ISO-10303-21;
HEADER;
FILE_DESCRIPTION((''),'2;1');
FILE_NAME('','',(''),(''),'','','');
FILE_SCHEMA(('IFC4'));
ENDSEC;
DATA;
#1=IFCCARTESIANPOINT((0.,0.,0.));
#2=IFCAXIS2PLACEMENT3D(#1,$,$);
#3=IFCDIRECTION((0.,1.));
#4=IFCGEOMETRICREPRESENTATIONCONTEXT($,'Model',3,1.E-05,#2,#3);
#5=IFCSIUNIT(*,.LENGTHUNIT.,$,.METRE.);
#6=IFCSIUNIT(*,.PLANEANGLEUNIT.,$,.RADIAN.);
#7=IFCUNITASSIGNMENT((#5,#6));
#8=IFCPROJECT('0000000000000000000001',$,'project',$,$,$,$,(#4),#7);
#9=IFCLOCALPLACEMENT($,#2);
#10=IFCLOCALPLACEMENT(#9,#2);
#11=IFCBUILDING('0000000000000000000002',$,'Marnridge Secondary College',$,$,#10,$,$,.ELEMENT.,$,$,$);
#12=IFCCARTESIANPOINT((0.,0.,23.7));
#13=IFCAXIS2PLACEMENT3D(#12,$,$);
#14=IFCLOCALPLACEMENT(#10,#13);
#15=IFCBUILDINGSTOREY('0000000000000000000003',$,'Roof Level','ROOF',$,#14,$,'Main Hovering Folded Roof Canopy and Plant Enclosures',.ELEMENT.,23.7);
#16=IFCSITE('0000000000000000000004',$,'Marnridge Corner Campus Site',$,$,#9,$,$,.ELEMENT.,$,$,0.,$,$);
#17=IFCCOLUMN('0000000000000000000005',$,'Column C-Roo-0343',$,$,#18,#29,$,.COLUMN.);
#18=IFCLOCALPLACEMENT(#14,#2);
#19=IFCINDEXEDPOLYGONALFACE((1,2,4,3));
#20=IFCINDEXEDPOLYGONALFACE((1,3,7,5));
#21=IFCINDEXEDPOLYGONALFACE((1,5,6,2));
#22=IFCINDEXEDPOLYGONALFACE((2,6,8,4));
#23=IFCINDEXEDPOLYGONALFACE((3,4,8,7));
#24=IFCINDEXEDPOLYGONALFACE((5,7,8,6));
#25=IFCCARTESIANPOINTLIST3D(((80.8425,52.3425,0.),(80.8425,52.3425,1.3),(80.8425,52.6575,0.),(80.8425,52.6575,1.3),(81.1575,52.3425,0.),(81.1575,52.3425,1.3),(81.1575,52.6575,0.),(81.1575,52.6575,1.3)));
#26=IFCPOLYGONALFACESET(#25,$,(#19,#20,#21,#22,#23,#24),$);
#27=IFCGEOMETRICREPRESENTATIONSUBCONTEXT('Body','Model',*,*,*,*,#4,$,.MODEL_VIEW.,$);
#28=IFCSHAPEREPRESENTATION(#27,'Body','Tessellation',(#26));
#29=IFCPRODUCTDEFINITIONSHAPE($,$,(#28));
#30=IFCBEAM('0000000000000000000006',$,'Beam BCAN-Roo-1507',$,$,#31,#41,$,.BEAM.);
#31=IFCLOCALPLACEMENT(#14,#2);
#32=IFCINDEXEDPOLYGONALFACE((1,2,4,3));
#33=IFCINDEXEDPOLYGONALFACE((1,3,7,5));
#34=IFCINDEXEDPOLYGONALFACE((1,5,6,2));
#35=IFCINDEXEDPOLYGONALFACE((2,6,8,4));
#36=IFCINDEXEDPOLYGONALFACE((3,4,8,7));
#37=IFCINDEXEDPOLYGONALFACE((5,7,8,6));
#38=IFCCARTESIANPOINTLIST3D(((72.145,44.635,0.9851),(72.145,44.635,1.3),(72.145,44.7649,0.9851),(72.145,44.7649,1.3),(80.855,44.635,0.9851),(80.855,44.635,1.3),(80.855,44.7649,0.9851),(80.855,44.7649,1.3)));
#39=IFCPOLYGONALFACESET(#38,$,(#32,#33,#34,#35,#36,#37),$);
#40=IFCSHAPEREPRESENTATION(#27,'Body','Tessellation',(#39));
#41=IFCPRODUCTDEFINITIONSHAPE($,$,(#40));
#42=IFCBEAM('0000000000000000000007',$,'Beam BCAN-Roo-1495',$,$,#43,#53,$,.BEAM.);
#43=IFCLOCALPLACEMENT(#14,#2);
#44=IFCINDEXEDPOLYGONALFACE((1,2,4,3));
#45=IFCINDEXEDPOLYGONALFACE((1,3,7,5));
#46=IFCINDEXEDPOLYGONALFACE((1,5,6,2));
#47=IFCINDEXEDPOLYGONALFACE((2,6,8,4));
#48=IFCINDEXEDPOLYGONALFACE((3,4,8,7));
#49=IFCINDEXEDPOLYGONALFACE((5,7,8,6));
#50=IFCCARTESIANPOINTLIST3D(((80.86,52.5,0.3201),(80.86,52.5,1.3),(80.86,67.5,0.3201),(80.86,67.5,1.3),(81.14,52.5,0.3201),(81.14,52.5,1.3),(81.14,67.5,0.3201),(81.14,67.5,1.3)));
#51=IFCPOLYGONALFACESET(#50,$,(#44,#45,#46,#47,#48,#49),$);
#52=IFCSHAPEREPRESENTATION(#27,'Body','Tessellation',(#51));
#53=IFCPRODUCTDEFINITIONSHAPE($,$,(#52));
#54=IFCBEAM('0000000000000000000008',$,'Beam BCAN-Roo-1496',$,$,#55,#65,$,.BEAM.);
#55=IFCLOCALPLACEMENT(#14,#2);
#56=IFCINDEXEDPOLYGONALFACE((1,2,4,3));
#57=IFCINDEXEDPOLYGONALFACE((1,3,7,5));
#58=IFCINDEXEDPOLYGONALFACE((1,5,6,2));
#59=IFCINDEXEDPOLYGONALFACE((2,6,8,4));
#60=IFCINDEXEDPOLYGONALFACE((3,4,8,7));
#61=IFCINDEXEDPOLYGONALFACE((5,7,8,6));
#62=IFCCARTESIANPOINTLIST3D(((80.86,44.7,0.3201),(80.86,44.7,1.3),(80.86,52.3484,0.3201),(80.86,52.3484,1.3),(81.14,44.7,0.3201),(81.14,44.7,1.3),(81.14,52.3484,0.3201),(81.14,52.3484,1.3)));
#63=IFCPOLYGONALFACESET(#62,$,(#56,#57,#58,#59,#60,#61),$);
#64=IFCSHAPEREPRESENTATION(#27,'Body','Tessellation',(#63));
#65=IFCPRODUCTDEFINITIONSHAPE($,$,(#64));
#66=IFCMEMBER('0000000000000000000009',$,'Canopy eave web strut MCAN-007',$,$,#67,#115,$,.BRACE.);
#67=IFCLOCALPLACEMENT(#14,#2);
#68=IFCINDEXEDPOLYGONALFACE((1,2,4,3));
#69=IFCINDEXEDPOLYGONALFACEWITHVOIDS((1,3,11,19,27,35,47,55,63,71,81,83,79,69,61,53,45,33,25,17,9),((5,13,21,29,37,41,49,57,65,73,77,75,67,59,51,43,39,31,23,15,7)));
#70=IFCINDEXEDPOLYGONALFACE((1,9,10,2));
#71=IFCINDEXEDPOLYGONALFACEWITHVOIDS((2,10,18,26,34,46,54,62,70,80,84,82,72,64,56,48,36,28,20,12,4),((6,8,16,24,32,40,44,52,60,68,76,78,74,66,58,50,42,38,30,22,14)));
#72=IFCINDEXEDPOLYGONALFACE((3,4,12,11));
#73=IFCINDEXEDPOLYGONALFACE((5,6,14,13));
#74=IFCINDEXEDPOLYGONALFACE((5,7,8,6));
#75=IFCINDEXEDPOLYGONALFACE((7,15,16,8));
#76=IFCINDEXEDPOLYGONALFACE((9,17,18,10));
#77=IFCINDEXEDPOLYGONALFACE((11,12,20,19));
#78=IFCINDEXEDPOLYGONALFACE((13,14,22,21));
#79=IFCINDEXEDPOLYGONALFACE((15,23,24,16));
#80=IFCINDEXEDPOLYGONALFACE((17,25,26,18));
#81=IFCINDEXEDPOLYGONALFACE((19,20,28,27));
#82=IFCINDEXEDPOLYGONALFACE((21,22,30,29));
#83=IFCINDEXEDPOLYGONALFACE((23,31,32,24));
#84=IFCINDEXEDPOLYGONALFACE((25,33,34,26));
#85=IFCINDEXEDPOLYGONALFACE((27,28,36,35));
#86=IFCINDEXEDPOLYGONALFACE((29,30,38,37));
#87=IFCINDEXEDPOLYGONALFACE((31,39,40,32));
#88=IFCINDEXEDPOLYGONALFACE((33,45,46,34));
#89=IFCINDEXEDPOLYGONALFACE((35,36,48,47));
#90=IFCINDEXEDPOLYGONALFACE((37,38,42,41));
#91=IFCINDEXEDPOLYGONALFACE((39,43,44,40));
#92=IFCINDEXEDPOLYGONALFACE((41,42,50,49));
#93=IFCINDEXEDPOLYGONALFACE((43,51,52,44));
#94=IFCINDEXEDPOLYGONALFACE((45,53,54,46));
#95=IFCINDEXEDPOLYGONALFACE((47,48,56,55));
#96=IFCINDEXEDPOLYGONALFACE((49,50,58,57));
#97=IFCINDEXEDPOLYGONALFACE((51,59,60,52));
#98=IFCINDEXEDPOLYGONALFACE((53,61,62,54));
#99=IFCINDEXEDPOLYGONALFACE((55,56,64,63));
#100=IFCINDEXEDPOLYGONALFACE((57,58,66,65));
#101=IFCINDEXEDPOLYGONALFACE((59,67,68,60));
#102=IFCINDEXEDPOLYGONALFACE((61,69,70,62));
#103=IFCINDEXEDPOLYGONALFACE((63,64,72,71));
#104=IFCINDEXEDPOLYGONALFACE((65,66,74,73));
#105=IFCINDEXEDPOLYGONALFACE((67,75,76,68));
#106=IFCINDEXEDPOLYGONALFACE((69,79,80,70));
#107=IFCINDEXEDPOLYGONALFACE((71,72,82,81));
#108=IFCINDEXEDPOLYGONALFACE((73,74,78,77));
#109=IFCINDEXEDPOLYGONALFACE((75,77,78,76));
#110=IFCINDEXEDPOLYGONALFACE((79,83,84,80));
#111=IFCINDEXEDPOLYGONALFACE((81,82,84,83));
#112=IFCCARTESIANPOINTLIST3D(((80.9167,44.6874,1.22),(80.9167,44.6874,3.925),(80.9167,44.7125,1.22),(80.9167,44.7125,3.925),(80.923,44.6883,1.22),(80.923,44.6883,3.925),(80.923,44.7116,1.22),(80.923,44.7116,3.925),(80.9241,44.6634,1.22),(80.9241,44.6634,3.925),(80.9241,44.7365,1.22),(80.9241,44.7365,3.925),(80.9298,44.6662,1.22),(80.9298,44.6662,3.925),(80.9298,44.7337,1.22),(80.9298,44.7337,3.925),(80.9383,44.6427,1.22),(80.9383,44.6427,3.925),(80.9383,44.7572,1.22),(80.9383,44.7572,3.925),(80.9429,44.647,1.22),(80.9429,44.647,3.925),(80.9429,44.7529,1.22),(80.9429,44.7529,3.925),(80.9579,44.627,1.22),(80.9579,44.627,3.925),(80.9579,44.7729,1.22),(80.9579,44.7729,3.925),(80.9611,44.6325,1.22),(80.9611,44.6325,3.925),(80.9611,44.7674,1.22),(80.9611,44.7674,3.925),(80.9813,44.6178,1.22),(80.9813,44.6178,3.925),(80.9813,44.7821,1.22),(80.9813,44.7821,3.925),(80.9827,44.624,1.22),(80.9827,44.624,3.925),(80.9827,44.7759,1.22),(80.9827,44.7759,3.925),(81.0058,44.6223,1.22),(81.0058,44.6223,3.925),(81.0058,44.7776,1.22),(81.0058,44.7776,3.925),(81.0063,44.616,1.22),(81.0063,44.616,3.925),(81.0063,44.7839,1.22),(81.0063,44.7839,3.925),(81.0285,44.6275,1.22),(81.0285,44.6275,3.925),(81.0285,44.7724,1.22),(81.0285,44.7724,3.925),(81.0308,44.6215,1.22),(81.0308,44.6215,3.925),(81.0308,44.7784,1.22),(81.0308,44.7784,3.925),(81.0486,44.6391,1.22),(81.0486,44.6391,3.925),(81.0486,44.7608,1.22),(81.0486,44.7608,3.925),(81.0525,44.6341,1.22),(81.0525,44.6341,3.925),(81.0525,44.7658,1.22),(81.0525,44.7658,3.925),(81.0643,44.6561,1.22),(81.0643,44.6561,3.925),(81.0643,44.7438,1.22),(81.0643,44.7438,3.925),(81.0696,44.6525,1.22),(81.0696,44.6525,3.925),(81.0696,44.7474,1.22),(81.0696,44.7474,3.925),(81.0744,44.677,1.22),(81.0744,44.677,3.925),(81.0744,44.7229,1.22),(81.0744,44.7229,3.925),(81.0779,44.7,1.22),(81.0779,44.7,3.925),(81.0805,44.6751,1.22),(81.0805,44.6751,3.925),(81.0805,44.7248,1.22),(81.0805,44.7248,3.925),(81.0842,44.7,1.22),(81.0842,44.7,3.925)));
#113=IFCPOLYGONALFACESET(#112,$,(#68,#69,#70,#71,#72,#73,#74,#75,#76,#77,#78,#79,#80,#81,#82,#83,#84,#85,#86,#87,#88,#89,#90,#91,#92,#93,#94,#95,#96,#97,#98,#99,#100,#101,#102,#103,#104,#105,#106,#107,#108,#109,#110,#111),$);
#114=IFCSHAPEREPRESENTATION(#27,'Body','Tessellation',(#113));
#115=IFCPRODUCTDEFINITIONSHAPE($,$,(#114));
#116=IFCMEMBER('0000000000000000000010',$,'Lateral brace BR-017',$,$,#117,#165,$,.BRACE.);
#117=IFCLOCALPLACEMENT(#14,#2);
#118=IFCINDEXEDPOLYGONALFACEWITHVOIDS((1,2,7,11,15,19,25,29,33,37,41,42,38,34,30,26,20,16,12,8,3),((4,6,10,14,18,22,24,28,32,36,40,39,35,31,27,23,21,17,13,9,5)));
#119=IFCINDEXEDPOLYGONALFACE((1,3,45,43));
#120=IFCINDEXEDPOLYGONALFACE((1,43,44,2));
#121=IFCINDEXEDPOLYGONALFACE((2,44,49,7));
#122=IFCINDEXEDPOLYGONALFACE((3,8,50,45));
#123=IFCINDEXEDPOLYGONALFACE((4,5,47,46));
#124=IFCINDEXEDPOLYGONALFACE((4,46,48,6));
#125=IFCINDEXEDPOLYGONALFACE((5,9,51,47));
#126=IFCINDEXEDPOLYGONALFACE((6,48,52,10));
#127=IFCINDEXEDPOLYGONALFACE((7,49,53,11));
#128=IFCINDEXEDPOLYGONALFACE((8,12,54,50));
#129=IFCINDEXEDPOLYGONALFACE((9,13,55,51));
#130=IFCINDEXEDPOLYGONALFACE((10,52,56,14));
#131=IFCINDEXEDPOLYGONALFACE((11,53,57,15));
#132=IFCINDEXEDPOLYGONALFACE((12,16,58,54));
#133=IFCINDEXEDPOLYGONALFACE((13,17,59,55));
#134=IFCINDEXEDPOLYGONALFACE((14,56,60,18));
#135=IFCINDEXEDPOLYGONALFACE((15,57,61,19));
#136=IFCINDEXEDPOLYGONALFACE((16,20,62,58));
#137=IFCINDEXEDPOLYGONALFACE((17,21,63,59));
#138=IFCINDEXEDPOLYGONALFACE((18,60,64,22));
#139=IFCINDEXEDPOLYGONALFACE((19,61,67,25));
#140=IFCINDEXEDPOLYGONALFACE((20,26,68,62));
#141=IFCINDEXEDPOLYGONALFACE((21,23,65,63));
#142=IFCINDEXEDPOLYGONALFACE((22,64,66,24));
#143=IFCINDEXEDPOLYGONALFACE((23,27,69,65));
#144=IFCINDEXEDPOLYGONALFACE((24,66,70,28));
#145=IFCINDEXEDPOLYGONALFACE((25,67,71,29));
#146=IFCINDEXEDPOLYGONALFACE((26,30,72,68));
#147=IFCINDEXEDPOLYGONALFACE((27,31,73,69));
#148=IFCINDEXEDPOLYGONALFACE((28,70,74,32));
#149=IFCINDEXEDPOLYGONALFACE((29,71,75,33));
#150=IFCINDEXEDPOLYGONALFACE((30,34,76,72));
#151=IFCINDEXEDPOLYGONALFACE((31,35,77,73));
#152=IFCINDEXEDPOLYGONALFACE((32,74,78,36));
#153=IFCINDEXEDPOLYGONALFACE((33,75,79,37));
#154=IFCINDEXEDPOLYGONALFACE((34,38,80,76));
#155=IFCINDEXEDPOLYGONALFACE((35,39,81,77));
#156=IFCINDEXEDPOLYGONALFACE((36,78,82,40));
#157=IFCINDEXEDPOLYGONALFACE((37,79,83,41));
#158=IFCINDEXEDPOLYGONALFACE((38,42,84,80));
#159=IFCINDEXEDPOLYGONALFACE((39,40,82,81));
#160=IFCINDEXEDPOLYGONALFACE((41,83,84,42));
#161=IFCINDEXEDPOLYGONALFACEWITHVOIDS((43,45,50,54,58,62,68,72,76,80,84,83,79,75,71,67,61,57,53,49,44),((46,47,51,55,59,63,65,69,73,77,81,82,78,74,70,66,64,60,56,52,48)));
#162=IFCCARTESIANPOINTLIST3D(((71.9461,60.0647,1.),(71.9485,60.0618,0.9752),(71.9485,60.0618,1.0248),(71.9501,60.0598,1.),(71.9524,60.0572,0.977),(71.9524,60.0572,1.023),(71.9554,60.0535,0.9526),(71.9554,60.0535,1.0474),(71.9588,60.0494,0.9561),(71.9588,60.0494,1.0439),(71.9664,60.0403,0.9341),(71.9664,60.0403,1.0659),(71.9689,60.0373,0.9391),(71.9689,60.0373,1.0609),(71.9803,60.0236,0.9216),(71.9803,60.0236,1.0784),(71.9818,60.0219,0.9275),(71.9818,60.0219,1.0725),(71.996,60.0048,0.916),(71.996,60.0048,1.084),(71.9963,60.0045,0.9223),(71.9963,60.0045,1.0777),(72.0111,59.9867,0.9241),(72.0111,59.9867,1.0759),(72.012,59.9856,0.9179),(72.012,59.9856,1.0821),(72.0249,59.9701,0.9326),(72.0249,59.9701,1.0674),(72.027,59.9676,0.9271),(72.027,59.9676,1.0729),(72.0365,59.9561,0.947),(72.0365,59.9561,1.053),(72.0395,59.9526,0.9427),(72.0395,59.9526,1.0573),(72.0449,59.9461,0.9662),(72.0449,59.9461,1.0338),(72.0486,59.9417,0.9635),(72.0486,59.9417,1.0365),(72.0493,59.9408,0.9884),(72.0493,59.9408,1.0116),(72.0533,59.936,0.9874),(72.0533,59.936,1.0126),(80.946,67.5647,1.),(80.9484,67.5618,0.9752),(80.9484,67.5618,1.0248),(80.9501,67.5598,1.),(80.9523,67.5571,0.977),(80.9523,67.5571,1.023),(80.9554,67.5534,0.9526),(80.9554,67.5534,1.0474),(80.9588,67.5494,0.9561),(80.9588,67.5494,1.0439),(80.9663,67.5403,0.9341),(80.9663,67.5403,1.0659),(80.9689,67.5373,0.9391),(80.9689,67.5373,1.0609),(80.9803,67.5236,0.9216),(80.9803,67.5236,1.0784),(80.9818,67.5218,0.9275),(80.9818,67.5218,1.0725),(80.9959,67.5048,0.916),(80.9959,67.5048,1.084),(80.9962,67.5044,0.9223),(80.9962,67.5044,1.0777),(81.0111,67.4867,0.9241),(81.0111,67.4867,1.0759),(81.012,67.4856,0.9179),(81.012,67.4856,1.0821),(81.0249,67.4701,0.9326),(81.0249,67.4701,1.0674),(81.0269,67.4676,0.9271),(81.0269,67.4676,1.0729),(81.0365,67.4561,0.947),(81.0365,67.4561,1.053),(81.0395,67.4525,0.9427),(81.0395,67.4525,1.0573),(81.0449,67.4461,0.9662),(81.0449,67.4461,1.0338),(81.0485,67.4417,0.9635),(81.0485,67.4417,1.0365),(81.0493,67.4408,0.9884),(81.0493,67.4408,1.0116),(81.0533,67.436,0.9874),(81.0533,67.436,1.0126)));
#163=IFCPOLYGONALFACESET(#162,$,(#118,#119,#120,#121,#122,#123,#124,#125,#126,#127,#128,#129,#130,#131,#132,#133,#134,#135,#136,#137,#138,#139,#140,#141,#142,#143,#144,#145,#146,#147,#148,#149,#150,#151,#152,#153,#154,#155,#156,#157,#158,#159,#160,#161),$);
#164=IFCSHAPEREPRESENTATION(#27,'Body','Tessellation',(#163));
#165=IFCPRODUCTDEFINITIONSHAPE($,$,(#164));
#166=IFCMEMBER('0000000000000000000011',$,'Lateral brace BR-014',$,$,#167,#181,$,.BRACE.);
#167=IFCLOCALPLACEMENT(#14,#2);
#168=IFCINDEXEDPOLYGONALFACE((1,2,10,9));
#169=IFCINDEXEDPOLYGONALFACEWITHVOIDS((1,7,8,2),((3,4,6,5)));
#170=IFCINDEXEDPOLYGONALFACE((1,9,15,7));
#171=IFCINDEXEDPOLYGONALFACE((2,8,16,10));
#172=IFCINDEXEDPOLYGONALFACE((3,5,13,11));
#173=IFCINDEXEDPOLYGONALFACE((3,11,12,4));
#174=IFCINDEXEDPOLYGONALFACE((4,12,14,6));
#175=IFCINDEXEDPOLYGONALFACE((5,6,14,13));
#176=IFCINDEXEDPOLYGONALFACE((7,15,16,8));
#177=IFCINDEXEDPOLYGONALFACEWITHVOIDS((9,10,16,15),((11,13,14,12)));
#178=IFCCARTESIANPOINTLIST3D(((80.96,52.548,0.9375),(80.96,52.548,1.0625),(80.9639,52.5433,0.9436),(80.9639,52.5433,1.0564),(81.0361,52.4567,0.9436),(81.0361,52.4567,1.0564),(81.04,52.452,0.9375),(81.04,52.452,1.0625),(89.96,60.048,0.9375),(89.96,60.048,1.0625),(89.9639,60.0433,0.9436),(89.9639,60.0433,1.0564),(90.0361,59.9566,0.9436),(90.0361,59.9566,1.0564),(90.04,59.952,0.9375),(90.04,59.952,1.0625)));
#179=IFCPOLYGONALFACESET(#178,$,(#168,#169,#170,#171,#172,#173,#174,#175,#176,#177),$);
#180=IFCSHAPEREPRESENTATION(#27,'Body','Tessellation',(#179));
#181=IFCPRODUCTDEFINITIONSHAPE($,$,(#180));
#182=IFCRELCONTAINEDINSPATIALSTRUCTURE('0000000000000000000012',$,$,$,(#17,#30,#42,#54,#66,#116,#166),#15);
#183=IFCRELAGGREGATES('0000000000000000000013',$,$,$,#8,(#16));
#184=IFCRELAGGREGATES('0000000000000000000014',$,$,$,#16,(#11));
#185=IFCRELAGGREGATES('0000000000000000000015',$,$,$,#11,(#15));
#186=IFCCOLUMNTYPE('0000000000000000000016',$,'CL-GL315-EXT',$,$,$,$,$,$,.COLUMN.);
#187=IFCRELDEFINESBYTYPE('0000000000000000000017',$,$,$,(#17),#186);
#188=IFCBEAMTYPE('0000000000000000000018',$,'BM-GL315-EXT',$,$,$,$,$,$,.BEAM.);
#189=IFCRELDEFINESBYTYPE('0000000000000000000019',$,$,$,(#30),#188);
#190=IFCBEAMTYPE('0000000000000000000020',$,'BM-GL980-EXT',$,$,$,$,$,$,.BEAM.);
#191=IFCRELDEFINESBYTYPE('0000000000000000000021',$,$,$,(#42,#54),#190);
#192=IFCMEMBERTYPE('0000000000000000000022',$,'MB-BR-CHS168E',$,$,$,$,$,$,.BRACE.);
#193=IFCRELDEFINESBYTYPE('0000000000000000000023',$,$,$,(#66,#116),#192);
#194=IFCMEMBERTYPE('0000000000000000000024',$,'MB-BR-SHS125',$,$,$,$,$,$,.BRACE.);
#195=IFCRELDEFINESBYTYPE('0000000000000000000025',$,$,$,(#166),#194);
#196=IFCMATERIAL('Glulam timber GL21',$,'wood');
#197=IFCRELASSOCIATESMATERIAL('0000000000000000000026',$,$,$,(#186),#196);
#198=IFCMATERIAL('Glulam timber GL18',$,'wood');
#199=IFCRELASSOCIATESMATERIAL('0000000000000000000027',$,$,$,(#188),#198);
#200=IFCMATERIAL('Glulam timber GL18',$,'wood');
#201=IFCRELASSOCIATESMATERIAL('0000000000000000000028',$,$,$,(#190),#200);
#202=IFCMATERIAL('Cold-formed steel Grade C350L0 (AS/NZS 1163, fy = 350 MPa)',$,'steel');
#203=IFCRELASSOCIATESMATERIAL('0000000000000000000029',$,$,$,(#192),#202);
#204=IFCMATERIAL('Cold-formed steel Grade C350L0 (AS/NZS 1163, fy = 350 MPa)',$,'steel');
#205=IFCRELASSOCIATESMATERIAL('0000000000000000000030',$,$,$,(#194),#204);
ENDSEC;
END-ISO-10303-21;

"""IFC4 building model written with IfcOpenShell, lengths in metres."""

from ifc_helpers import new_model, si_unit, direction, frame, origin, origin_2d, place, context, subcontext, project, spatial, rectangle, hollow_rectangle, hollow_circle, extrude, material, material_profile, profile_set, type_object, element, save


model = new_model("IFC4")

# Units and contexts
model_context = context("Model", 3, precision=1e-05, world=origin(), true_north=direction((0.0, 1.0)))
body_context = subcontext(model_context, "Body", "Model", "MODEL_VIEW")
ifc_project = project(units=[si_unit("LENGTHUNIT", "METRE"), si_unit("PLANEANGLEUNIT", "RADIAN")], contexts=[model_context])

# Site, building, storey
site_placement = place(None, origin())
site = spatial("IfcSite", under=ifc_project, at=site_placement, Name="Marnridge Corner Campus Site", CompositionType="ELEMENT", RefElevation=0.0)
building_placement = place(site_placement, origin())
building = spatial("IfcBuilding", under=site, at=building_placement, Name="Marnridge Secondary College", CompositionType="ELEMENT")
storey_placement = place(building_placement, frame((0.0, 0.0, 23.7)))
storey = spatial("IfcBuildingStorey", under=building, at=storey_placement, Name="Roof Level", Description="ROOF", LongName="Main Hovering Folded Roof Canopy and Plant Enclosures", CompositionType="ELEMENT", Elevation=23.7)

# Column
ifc_material_1 = material(Name="Glulam timber GL21", Category="wood")
ifc_material_profile_1 = material_profile(ifc_material_1, rectangle(XDim=0.3149, YDim=0.3149, at=origin_2d()), Name="GL21 315x315")
ifc_profile_set_1 = profile_set([ifc_material_profile_1], Name="Glulam timber GL21")
column_type = type_object("IfcColumnType", Name="CL-GL315-EXT", PredefinedType="COLUMN", material=ifc_profile_set_1)
column_placement = place(storey_placement, frame((81.0, 52.5, 0.0), z_axis=(0.0, 0.0, 1.0), x_axis=(1.0, 0.0, 0.0)))
element("IfcColumn", 1, at=column_placement, inside=storey, type_object=column_type, Name="Column C-Roo-0343", PredefinedType="COLUMN", context=body_context, shape_type="SweptSolid", body=[
    extrude(rectangle(XDim=0.3149, YDim=0.3149, at=origin_2d()), origin(), (0.0, 0.0, 1.0), 1.3),
])

# Beams
ifc_material_2 = material(Name="Glulam timber GL18", Category="wood")
ifc_material_profile_2 = material_profile(ifc_material_2, rectangle(XDim=0.1299, YDim=0.3149, at=origin_2d()), Name="GL18 130x315")
ifc_profile_set_2 = profile_set([ifc_material_profile_2], Name="Glulam timber GL18")
beam_type_1 = type_object("IfcBeamType", Name="BM-GL315-EXT", PredefinedType="BEAM", material=ifc_profile_set_2)
beam_1_placement = place(storey_placement, frame((72.145, 44.7, 1.1426), z_axis=(1.0, 0.0, 0.0), x_axis=(0.0, 1.0, 0.0)))
element("IfcBeam", 2, at=beam_1_placement, inside=storey, type_object=beam_type_1, Name="Beam BCAN-Roo-1507", PredefinedType="BEAM", context=body_context, shape_type="SweptSolid", body=[
    extrude(rectangle(XDim=0.1299, YDim=0.3149, at=origin_2d()), origin(), (0.0, 0.0, 1.0), 8.71),
])
ifc_material_3 = material(Name="Glulam timber GL18", Category="wood")
ifc_material_profile_3 = material_profile(ifc_material_3, rectangle(XDim=0.28, YDim=0.98, at=origin_2d()), Name="GL18 280x980")
ifc_profile_set_3 = profile_set([ifc_material_profile_3], Name="Glulam timber GL18")
beam_type_2 = type_object("IfcBeamType", Name="BM-GL980-EXT", PredefinedType="BEAM", material=ifc_profile_set_3)
beam_2_placement = place(storey_placement, frame((81.0, 52.5, 0.8101), z_axis=(0.0, 1.0, 0.0), x_axis=(-1.0, 0.0, 0.0)))
element("IfcBeam", 3, at=beam_2_placement, inside=storey, type_object=beam_type_2, Name="Beam BCAN-Roo-1495", PredefinedType="BEAM", context=body_context, shape_type="SweptSolid", body=[
    extrude(rectangle(XDim=0.28, YDim=0.98, at=origin_2d()), origin(), (0.0, 0.0, 1.0), 15.0),
])
beam_3_placement = place(storey_placement, frame((81.0, 52.3484, 0.8101), z_axis=(0.0, -1.0, 0.0), x_axis=(1.0, 0.0, 0.0)))
element("IfcBeam", 4, at=beam_3_placement, inside=storey, type_object=beam_type_2, Name="Beam BCAN-Roo-1496", PredefinedType="BEAM", context=body_context, shape_type="SweptSolid", body=[
    extrude(rectangle(XDim=0.28, YDim=0.98, at=origin_2d()), origin(), (0.0, 0.0, 1.0), 7.6484),
])

# Members
ifc_material_4 = material(Name="Cold-formed steel Grade C350L0 (AS/NZS 1163, fy = 350 MPa)", Category="steel")
ifc_material_profile_4 = material_profile(ifc_material_4, hollow_circle(Radius=0.0842, WallThickness=0.0063, at=origin_2d()), Name="168.3x6.4CHS")
ifc_profile_set_4 = profile_set([ifc_material_profile_4], Name="Cold-formed steel Grade C350L0 (AS/NZS 1163, fy = 350 MPa)")
member_type_1 = type_object("IfcMemberType", Name="MB-BR-CHS168E", PredefinedType="BRACE", material=ifc_profile_set_4)
member_1_placement = place(storey_placement, frame((81.0, 44.7, 1.22), z_axis=(0.0, 0.0, 1.0), x_axis=(1.0, 0.0, 0.0)))
element("IfcMember", 5, at=member_1_placement, inside=storey, type_object=member_type_1, Name="Canopy eave web strut MCAN-007", PredefinedType="BRACE", context=body_context, shape_type="SweptSolid", body=[
    extrude(hollow_circle(Radius=0.0842, WallThickness=0.0063, at=origin_2d()), origin(), (0.0, 0.0, 1.0), 2.7051),
])
member_2_placement = place(storey_placement, frame((72.0, 60.0, 1.0), z_axis=(0.768221, 0.640184, 0.0), x_axis=(-0.640184, 0.768221, 0.0)))
element("IfcMember", 6, at=member_2_placement, inside=storey, type_object=member_type_1, Name="Lateral brace BR-017", PredefinedType="BRACE", context=body_context, shape_type="SweptSolid", body=[
    extrude(hollow_circle(Radius=0.0842, WallThickness=0.0063, at=origin_2d()), origin(), (0.0, 0.0, 1.0), 11.7153),
])
ifc_material_5 = material(Name="Cold-formed steel Grade C350L0 (AS/NZS 1163, fy = 350 MPa)", Category="steel")
ifc_material_profile_5 = material_profile(ifc_material_5, hollow_rectangle(XDim=0.125, YDim=0.125, WallThickness=0.0061, at=origin_2d()), Name="125x125x6.0SHS")
ifc_profile_set_5 = profile_set([ifc_material_profile_5], Name="Cold-formed steel Grade C350L0 (AS/NZS 1163, fy = 350 MPa)")
member_type_2 = type_object("IfcMemberType", Name="MB-BR-SHS125", PredefinedType="BRACE", material=ifc_profile_set_5)
member_3_placement = place(storey_placement, frame((81.0, 52.5, 1.0), z_axis=(0.768221, 0.640184, 0.0), x_axis=(-0.640184, 0.768221, 0.0)))
element("IfcMember", 7, at=member_3_placement, inside=storey, type_object=member_type_2, Name="Lateral brace BR-014", PredefinedType="BRACE", context=body_context, shape_type="SweptSolid", body=[
    extrude(hollow_rectangle(XDim=0.125, YDim=0.125, WallThickness=0.0061, at=origin_2d()), origin(), (0.0, 0.0, 1.0), 11.7153),
])

save(model, "model.ifc")
